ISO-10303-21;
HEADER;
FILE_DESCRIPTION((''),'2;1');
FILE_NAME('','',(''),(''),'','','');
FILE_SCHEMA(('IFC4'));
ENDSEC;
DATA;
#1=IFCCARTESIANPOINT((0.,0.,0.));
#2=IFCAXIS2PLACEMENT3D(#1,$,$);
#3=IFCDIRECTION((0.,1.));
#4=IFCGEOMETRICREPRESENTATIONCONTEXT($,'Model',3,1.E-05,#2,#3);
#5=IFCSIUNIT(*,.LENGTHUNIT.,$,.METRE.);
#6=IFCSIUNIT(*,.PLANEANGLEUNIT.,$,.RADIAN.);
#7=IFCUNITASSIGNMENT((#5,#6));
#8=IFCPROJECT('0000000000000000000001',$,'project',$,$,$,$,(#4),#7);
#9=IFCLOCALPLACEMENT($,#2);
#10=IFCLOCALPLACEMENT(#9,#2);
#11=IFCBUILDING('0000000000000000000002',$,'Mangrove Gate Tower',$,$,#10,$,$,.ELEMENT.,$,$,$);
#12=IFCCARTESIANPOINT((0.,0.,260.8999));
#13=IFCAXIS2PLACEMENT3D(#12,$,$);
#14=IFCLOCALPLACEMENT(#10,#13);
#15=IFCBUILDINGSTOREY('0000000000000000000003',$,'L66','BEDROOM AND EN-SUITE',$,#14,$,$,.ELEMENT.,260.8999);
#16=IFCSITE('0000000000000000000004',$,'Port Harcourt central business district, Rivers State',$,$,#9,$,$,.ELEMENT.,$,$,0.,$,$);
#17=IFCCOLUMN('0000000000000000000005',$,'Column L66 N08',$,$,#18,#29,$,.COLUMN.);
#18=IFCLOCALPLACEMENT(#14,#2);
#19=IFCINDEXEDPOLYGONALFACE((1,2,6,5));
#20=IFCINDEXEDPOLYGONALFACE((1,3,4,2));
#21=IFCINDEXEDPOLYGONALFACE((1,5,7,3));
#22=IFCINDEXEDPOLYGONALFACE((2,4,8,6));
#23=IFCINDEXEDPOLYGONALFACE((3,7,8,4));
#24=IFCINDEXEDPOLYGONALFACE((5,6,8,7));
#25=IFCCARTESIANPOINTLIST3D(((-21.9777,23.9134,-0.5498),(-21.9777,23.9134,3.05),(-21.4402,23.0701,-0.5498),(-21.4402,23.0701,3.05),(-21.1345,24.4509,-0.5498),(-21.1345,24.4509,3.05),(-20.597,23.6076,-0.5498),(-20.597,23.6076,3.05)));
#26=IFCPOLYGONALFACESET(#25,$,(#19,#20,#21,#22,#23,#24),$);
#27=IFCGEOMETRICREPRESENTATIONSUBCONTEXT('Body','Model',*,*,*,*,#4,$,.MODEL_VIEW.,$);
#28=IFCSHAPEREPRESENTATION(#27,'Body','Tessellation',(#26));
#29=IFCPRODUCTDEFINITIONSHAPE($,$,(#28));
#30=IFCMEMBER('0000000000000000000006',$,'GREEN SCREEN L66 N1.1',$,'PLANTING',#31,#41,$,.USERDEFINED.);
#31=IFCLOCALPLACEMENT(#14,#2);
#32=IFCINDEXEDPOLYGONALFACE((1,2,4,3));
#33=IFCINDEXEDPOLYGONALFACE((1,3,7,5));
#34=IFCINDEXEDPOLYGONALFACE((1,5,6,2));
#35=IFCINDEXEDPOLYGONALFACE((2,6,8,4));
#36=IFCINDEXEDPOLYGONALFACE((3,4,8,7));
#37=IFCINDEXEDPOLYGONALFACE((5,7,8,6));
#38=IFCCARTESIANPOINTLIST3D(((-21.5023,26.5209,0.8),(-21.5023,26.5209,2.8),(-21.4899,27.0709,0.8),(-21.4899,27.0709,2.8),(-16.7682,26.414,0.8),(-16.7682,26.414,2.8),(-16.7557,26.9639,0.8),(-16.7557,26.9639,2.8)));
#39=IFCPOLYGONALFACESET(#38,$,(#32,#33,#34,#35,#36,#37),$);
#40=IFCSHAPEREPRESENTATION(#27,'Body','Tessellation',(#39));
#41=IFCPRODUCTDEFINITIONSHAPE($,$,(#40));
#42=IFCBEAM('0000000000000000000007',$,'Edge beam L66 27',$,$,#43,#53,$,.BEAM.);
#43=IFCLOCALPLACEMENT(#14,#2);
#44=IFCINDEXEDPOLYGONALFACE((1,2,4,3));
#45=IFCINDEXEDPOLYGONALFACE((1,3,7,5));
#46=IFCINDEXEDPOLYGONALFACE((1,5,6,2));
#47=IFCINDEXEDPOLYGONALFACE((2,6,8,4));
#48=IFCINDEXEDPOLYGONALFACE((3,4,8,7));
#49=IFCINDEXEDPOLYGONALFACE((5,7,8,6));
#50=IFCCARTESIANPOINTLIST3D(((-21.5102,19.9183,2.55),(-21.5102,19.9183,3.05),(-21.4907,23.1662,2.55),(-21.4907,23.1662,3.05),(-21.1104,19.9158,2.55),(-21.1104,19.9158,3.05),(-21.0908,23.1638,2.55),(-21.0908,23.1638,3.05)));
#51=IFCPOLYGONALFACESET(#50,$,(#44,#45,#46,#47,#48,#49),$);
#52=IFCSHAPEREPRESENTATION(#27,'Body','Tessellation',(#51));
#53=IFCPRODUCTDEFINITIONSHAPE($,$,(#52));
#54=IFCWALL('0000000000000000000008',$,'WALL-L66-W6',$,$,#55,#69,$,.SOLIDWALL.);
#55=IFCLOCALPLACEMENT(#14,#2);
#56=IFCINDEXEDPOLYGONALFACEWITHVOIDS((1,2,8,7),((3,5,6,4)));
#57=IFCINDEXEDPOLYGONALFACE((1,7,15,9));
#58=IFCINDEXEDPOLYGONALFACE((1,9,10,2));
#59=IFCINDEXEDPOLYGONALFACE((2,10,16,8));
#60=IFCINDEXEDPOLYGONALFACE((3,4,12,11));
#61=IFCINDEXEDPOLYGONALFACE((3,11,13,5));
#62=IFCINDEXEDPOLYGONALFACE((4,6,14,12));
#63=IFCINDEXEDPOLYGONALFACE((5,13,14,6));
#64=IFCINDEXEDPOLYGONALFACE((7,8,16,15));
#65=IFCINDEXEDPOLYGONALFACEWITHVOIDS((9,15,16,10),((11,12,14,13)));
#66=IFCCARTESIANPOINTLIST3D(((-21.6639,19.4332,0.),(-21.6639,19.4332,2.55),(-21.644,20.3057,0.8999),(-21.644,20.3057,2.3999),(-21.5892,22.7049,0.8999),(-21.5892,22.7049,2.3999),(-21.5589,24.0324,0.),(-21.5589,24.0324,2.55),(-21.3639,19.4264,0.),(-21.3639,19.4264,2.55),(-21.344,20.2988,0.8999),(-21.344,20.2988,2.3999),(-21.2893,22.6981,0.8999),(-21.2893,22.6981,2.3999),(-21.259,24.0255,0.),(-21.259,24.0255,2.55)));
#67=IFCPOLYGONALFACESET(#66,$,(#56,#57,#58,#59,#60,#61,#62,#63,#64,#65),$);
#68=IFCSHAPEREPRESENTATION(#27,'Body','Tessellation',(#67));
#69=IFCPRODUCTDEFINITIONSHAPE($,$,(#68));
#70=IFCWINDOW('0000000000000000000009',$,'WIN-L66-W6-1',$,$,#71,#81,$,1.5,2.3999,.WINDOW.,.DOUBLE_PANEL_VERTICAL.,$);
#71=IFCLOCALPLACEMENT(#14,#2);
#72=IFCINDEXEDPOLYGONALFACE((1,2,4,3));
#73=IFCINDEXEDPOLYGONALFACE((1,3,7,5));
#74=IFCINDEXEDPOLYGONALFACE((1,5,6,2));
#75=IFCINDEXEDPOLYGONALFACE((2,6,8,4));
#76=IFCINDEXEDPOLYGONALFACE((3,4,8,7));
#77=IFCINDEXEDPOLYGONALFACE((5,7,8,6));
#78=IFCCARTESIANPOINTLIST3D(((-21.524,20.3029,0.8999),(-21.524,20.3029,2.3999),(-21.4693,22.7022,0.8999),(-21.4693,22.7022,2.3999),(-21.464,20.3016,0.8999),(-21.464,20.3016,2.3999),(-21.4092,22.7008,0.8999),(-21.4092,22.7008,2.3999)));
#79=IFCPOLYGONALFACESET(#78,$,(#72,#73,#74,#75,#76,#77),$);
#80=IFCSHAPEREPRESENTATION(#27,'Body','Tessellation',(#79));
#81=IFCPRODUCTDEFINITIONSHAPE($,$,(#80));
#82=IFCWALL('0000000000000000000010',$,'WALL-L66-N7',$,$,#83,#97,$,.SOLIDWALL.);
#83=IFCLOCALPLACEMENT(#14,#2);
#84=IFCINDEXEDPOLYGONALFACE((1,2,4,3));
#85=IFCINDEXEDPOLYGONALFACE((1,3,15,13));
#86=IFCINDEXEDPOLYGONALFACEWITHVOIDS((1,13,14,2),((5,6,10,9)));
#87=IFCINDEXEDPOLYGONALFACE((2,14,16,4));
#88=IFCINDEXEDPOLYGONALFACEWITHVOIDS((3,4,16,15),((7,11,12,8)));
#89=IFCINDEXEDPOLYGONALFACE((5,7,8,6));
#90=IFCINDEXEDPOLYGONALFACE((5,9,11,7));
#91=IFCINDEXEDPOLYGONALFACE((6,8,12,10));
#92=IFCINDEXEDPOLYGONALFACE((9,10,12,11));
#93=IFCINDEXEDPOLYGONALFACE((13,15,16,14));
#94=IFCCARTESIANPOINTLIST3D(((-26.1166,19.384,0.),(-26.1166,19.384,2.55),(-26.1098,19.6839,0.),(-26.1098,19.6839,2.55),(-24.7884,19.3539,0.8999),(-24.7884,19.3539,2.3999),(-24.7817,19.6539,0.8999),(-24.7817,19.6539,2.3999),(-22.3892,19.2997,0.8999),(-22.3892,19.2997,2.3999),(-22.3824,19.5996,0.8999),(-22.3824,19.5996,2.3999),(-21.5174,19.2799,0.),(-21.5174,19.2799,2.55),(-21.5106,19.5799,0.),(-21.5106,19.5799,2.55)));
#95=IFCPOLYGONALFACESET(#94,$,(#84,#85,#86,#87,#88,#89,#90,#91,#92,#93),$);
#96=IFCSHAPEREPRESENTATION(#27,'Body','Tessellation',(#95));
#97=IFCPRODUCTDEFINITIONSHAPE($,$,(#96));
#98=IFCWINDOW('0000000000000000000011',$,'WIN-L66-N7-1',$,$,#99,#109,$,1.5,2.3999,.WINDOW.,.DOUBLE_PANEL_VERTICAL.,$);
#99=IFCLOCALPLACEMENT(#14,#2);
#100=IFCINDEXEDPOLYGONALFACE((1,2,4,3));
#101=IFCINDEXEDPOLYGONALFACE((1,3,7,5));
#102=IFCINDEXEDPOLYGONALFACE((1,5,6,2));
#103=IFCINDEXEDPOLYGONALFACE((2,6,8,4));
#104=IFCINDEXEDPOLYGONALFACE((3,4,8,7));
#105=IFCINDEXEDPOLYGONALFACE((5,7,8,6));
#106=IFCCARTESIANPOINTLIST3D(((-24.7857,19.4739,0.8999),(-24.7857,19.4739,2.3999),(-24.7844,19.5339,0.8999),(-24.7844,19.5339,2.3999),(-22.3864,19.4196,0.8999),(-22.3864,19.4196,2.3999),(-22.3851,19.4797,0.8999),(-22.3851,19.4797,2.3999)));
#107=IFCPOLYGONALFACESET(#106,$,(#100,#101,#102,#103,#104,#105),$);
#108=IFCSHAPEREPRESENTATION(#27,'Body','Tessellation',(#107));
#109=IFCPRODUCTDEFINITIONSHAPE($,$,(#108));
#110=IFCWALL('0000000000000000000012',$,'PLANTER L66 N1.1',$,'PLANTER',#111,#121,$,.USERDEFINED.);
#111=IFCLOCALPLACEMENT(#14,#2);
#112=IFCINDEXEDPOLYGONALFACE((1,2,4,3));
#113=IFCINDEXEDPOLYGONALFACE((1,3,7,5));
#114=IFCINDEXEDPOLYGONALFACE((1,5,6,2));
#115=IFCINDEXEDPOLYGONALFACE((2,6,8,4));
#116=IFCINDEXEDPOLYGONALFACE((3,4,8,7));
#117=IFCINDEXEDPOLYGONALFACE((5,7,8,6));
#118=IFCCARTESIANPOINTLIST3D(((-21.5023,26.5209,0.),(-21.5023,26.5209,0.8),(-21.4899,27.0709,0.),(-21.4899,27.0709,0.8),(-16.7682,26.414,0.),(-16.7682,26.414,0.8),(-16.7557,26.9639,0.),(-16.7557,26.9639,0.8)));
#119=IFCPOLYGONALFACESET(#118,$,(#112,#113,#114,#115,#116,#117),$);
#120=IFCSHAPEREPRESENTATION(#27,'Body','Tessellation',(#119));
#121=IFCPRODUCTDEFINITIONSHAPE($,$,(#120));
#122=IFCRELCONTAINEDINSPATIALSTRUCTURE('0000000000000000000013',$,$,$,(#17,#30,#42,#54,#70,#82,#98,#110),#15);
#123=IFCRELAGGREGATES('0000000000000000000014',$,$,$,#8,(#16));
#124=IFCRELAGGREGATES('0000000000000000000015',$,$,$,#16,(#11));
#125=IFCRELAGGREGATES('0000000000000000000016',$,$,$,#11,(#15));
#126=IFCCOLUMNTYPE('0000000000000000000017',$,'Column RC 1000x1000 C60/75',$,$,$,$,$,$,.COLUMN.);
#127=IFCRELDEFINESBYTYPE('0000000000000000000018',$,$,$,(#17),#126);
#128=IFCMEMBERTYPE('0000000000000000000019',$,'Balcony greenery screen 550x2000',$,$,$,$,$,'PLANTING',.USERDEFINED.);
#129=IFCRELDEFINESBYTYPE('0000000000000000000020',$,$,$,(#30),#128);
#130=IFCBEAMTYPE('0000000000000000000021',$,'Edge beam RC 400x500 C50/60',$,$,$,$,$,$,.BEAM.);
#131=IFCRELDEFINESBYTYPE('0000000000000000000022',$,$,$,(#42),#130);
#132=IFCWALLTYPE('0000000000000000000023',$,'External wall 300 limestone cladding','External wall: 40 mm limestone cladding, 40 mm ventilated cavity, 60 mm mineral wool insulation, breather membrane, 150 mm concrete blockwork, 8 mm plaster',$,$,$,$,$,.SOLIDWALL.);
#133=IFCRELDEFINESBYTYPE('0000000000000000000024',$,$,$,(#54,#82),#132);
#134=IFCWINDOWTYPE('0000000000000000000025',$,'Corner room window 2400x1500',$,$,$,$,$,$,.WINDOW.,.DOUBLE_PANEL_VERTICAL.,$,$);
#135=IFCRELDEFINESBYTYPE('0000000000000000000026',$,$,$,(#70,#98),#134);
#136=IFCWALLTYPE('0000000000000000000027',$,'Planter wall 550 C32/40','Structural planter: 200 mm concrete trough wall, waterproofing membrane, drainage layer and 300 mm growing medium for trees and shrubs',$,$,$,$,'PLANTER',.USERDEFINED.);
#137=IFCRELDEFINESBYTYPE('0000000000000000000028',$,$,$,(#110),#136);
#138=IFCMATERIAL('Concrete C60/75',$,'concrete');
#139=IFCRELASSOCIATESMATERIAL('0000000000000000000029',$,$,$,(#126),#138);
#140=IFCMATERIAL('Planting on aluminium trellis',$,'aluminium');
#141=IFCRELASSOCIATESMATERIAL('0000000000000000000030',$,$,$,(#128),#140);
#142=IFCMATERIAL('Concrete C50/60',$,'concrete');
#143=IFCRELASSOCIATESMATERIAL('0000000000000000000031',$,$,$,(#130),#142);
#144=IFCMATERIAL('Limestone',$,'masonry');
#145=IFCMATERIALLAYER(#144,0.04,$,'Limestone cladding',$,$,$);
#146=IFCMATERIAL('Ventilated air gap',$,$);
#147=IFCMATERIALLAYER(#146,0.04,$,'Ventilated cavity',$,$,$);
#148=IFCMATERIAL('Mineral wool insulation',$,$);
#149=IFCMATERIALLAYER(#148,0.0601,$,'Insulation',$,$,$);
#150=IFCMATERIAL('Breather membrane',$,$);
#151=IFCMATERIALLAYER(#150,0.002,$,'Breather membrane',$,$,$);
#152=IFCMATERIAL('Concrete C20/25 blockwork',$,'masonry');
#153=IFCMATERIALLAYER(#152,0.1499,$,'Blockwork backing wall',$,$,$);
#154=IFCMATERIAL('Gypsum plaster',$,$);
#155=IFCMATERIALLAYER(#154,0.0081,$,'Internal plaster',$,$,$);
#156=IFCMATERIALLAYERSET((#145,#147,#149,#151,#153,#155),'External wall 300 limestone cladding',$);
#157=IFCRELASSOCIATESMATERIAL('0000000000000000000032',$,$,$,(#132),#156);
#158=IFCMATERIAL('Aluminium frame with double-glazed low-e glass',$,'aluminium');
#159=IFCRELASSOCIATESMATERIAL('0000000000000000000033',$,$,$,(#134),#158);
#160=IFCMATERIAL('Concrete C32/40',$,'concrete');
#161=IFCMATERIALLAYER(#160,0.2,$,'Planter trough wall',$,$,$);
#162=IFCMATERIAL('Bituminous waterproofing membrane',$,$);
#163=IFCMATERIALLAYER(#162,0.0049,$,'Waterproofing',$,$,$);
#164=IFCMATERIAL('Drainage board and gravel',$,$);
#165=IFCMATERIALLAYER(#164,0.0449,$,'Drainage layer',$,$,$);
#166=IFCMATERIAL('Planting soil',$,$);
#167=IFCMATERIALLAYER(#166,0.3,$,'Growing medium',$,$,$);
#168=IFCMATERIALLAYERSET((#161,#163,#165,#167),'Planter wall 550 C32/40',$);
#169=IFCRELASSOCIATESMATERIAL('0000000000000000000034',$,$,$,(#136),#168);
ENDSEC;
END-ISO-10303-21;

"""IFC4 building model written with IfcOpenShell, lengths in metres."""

from ifc_helpers import new_model, si_unit, direction, frame, frame_2d, origin, origin_2d, place, context, subcontext, project, spatial, rectangle, extrude, material, layer, layer_set, material_profile, profile_set, type_object, element, fill, save


model = new_model("IFC4")

# Units and contexts
model_context = context("Model", 3, precision=1e-05, world=origin(), true_north=direction((0.0, 1.0)))
body_context = subcontext(model_context, "Body", "Model", "MODEL_VIEW")
ifc_project = project(units=[si_unit("LENGTHUNIT", "METRE"), si_unit("PLANEANGLEUNIT", "RADIAN")], contexts=[model_context])

# Site, building, storey
site_placement = place(None, origin())
site = spatial("IfcSite", under=ifc_project, at=site_placement, Name="Port Harcourt central business district, Rivers State", CompositionType="ELEMENT", RefElevation=0.0)
building_placement = place(site_placement, origin())
building = spatial("IfcBuilding", under=site, at=building_placement, Name="Mangrove Gate Tower", CompositionType="ELEMENT")
storey_placement = place(building_placement, frame((0.0, 0.0, 260.8999)))
storey = spatial("IfcBuildingStorey", under=building, at=storey_placement, Name="L66", Description="BEDROOM AND EN-SUITE", CompositionType="ELEMENT", Elevation=260.8999)

# Column
ifc_material_1 = material(Name="Concrete C60/75", Category="concrete")
ifc_material_profile_1 = material_profile(ifc_material_1, rectangle(XDim=1.0, YDim=1.0, at=origin_2d()))
ifc_profile_set_1 = profile_set([ifc_material_profile_1], Name="Concrete C60/75")
column_type = type_object("IfcColumnType", Name="Column RC 1000x1000 C60/75", PredefinedType="COLUMN", material=ifc_profile_set_1)
column_placement = place(storey_placement, frame((-21.2874, 23.7605, -0.5498), z_axis=(0.0, 0.0, 1.0), x_axis=(-0.843248, -0.537525, 0.0)))
element("IfcColumn", 1, at=column_placement, inside=storey, type_object=column_type, Name="Column L66 N08", PredefinedType="COLUMN", context=body_context, shape_type="SweptSolid", body=[
    extrude(rectangle(XDim=1.0, YDim=1.0, at=origin_2d()), origin(), (0.0, 0.0, 1.0), 3.5999),
])

# Member
ifc_material_2 = material(Name="Planting on aluminium trellis", Category="aluminium")
ifc_material_profile_2 = material_profile(ifc_material_2, rectangle(XDim=0.55, YDim=2.0, at=origin_2d()))
ifc_profile_set_2 = profile_set([ifc_material_profile_2], Name="Planting on aluminium trellis")
member_type = type_object("IfcMemberType", Name="Balcony greenery screen 550x2000", ElementType="PLANTING", PredefinedType="USERDEFINED", material=ifc_profile_set_2)
member_placement = place(storey_placement, frame((-21.4961, 26.7959, 1.8), z_axis=(0.999745, -0.022582, 0.0), x_axis=(0.022582, 0.999745, 0.0)))
element("IfcMember", 2, at=member_placement, inside=storey, type_object=member_type, Name="GREEN SCREEN L66 N1.1", ObjectType="PLANTING", PredefinedType="USERDEFINED", context=body_context, shape_type="SweptSolid", body=[
    extrude(rectangle(XDim=0.55, YDim=2.0, at=origin_2d()), origin(), (0.0, 0.0, 1.0), 4.7354),
])

# Beam
ifc_material_3 = material(Name="Concrete C50/60", Category="concrete")
ifc_material_profile_3 = material_profile(ifc_material_3, rectangle(XDim=0.3999, YDim=0.5, at=origin_2d()))
ifc_profile_set_3 = profile_set([ifc_material_profile_3], Name="Concrete C50/60")
beam_type = type_object("IfcBeamType", Name="Edge beam RC 400x500 C50/60", PredefinedType="BEAM", material=ifc_profile_set_3)
beam_placement = place(storey_placement, frame((-21.2908, 23.165, 2.8), z_axis=(-0.006013, -0.999982, 0.0), x_axis=(0.999982, -0.006013, 0.0)))
element("IfcBeam", 3, at=beam_placement, inside=storey, type_object=beam_type, Name="Edge beam L66 27", PredefinedType="BEAM", context=body_context, shape_type="SweptSolid", body=[
    extrude(rectangle(XDim=0.3999, YDim=0.5, at=origin_2d()), origin(), (0.0, 0.0, 1.0), 3.248),
])

# Walls, openings, windows
ifc_material_4 = material(Name="Limestone", Category="masonry")
ifc_layer_1 = layer(ifc_material_4, 0.04, Name="Limestone cladding")
ifc_material_5 = material(Name="Ventilated air gap")
ifc_layer_2 = layer(ifc_material_5, 0.04, Name="Ventilated cavity")
ifc_material_6 = material(Name="Mineral wool insulation")
ifc_layer_3 = layer(ifc_material_6, 0.0601, Name="Insulation")
ifc_material_7 = material(Name="Breather membrane")
ifc_layer_4 = layer(ifc_material_7, 0.002, Name="Breather membrane")
ifc_material_8 = material(Name="Concrete C20/25 blockwork", Category="masonry")
ifc_layer_5 = layer(ifc_material_8, 0.1499, Name="Blockwork backing wall")
ifc_material_9 = material(Name="Gypsum plaster")
ifc_layer_6 = layer(ifc_material_9, 0.0081, Name="Internal plaster")
ifc_layer_set_1 = layer_set([ifc_layer_1, ifc_layer_2, ifc_layer_3, ifc_layer_4, ifc_layer_5, ifc_layer_6], Name="External wall 300 limestone cladding")
wall_type_1 = type_object("IfcWallType", Name="External wall 300 limestone cladding", Description="External wall: 40 mm limestone cladding, 40 mm ventilated cavity, 60 mm mineral wool insulation, breather membrane, 150 mm concrete blockwork, 8 mm plaster", PredefinedType="SOLIDWALL", material=ifc_layer_set_1)
wall_1_placement = place(storey_placement, frame((-21.4089, 24.0291, 0.0), z_axis=(0.0, 0.0, 1.0), x_axis=(-0.02282, -0.99974, 0.0)))
wall_1 = element("IfcWall", 4, at=wall_1_placement, inside=storey, type_object=wall_type_1, Name="WALL-L66-W6", PredefinedType="SOLIDWALL", context=body_context, shape_type="SweptSolid", body=[
    extrude(rectangle(XDim=4.6003, YDim=0.3, at=frame_2d((2.3003, 0.0))), origin(), (0.0, 0.0, 1.0), 2.55),
])
opening_1_placement = place(wall_1_placement, frame((1.3279, 0.0, 0.8999)))
opening_1 = element("IfcOpeningElement", 5, at=opening_1_placement, cuts=wall_1, PredefinedType="OPENING", context=body_context, shape_type="SweptSolid", body=[
    extrude(rectangle(XDim=2.3999, YDim=1.5, at=frame_2d((1.2, 0.75))), frame((0.0, 0.1599, 0.0), z_axis=(0.0, -1.0, 0.0), x_axis=(1.0, 0.0, 0.0)), (0.0, 0.0, 1.0), 0.3201),
])
ifc_material_10 = material(Name="Aluminium frame with double-glazed low-e glass", Category="aluminium")
window_type = type_object("IfcWindowType", Name="Corner room window 2400x1500", PartitioningType="DOUBLE_PANEL_VERTICAL", PredefinedType="WINDOW", material=ifc_material_10)
window_1_placement = place(opening_1_placement, origin())
window_1 = element("IfcWindow", 6, at=window_1_placement, inside=storey, type_object=window_type, Name="WIN-L66-W6-1", OverallHeight=1.5, OverallWidth=2.3999, PartitioningType="DOUBLE_PANEL_VERTICAL", PredefinedType="WINDOW", context=body_context, shape_type="SweptSolid", body=[
    extrude(rectangle(XDim=2.3999, YDim=1.5, at=frame_2d((1.2, 0.75))), frame((0.0, 0.03, 0.0), z_axis=(0.0, -1.0, 0.0), x_axis=(1.0, 0.0, 0.0)), (0.0, 0.0, 1.0), 0.0601),
])
fill(opening_1, window_1)
wall_2_placement = place(storey_placement, frame((-21.5139, 19.4299, 0.0), z_axis=(0.0, 0.0, 1.0), x_axis=(-0.999744, 0.022608, 0.0)))
wall_2 = element("IfcWall", 7, at=wall_2_placement, inside=storey, type_object=wall_type_1, Name="WALL-L66-N7", PredefinedType="SOLIDWALL", context=body_context, shape_type="SweptSolid", body=[
    extrude(rectangle(XDim=4.6003, YDim=0.3, at=frame_2d((2.3003, 0.0))), origin(), (0.0, 0.0, 1.0), 2.55),
])
opening_2_placement = place(wall_2_placement, frame((0.8721, 0.0, 0.8999)))
opening_2 = element("IfcOpeningElement", 8, at=opening_2_placement, cuts=wall_2, PredefinedType="OPENING", context=body_context, shape_type="SweptSolid", body=[
    extrude(rectangle(XDim=2.3999, YDim=1.5, at=frame_2d((1.2, 0.75))), frame((0.0, 0.1599, 0.0), z_axis=(0.0, -1.0, 0.0), x_axis=(1.0, 0.0, 0.0)), (0.0, 0.0, 1.0), 0.3201),
])
window_2_placement = place(opening_2_placement, origin())
window_2 = element("IfcWindow", 9, at=window_2_placement, inside=storey, type_object=window_type, Name="WIN-L66-N7-1", OverallHeight=1.5, OverallWidth=2.3999, PartitioningType="DOUBLE_PANEL_VERTICAL", PredefinedType="WINDOW", context=body_context, shape_type="SweptSolid", body=[
    extrude(rectangle(XDim=2.3999, YDim=1.5, at=frame_2d((1.2, 0.75))), frame((0.0, 0.03, 0.0), z_axis=(0.0, -1.0, 0.0), x_axis=(1.0, 0.0, 0.0)), (0.0, 0.0, 1.0), 0.0601),
])
fill(opening_2, window_2)

# Wall
ifc_material_11 = material(Name="Concrete C32/40", Category="concrete")
ifc_layer_7 = layer(ifc_material_11, 0.2, Name="Planter trough wall")
ifc_material_12 = material(Name="Bituminous waterproofing membrane")
ifc_layer_8 = layer(ifc_material_12, 0.0049, Name="Waterproofing")
ifc_material_13 = material(Name="Drainage board and gravel")
ifc_layer_9 = layer(ifc_material_13, 0.0449, Name="Drainage layer")
ifc_material_14 = material(Name="Planting soil")
ifc_layer_10 = layer(ifc_material_14, 0.3, Name="Growing medium")
ifc_layer_set_2 = layer_set([ifc_layer_7, ifc_layer_8, ifc_layer_9, ifc_layer_10], Name="Planter wall 550 C32/40")
wall_type_2 = type_object("IfcWallType", Name="Planter wall 550 C32/40", Description="Structural planter: 200 mm concrete trough wall, waterproofing membrane, drainage layer and 300 mm growing medium for trees and shrubs", ElementType="PLANTER", PredefinedType="USERDEFINED", material=ifc_layer_set_2)
wall_3_placement = place(storey_placement, frame((-21.4961, 26.7959, 0.0), z_axis=(0.0, 0.0, 1.0), x_axis=(0.999745, -0.022582, 0.0)))
element("IfcWall", 10, at=wall_3_placement, inside=storey, type_object=wall_type_2, Name="PLANTER L66 N1.1", ObjectType="PLANTER", PredefinedType="USERDEFINED", context=body_context, shape_type="SweptSolid", body=[
    extrude(rectangle(XDim=4.7354, YDim=0.55, at=frame_2d((2.3677, 0.0))), origin(), (0.0, 0.0, 1.0), 0.8),
])

save(model, "model.ifc")
